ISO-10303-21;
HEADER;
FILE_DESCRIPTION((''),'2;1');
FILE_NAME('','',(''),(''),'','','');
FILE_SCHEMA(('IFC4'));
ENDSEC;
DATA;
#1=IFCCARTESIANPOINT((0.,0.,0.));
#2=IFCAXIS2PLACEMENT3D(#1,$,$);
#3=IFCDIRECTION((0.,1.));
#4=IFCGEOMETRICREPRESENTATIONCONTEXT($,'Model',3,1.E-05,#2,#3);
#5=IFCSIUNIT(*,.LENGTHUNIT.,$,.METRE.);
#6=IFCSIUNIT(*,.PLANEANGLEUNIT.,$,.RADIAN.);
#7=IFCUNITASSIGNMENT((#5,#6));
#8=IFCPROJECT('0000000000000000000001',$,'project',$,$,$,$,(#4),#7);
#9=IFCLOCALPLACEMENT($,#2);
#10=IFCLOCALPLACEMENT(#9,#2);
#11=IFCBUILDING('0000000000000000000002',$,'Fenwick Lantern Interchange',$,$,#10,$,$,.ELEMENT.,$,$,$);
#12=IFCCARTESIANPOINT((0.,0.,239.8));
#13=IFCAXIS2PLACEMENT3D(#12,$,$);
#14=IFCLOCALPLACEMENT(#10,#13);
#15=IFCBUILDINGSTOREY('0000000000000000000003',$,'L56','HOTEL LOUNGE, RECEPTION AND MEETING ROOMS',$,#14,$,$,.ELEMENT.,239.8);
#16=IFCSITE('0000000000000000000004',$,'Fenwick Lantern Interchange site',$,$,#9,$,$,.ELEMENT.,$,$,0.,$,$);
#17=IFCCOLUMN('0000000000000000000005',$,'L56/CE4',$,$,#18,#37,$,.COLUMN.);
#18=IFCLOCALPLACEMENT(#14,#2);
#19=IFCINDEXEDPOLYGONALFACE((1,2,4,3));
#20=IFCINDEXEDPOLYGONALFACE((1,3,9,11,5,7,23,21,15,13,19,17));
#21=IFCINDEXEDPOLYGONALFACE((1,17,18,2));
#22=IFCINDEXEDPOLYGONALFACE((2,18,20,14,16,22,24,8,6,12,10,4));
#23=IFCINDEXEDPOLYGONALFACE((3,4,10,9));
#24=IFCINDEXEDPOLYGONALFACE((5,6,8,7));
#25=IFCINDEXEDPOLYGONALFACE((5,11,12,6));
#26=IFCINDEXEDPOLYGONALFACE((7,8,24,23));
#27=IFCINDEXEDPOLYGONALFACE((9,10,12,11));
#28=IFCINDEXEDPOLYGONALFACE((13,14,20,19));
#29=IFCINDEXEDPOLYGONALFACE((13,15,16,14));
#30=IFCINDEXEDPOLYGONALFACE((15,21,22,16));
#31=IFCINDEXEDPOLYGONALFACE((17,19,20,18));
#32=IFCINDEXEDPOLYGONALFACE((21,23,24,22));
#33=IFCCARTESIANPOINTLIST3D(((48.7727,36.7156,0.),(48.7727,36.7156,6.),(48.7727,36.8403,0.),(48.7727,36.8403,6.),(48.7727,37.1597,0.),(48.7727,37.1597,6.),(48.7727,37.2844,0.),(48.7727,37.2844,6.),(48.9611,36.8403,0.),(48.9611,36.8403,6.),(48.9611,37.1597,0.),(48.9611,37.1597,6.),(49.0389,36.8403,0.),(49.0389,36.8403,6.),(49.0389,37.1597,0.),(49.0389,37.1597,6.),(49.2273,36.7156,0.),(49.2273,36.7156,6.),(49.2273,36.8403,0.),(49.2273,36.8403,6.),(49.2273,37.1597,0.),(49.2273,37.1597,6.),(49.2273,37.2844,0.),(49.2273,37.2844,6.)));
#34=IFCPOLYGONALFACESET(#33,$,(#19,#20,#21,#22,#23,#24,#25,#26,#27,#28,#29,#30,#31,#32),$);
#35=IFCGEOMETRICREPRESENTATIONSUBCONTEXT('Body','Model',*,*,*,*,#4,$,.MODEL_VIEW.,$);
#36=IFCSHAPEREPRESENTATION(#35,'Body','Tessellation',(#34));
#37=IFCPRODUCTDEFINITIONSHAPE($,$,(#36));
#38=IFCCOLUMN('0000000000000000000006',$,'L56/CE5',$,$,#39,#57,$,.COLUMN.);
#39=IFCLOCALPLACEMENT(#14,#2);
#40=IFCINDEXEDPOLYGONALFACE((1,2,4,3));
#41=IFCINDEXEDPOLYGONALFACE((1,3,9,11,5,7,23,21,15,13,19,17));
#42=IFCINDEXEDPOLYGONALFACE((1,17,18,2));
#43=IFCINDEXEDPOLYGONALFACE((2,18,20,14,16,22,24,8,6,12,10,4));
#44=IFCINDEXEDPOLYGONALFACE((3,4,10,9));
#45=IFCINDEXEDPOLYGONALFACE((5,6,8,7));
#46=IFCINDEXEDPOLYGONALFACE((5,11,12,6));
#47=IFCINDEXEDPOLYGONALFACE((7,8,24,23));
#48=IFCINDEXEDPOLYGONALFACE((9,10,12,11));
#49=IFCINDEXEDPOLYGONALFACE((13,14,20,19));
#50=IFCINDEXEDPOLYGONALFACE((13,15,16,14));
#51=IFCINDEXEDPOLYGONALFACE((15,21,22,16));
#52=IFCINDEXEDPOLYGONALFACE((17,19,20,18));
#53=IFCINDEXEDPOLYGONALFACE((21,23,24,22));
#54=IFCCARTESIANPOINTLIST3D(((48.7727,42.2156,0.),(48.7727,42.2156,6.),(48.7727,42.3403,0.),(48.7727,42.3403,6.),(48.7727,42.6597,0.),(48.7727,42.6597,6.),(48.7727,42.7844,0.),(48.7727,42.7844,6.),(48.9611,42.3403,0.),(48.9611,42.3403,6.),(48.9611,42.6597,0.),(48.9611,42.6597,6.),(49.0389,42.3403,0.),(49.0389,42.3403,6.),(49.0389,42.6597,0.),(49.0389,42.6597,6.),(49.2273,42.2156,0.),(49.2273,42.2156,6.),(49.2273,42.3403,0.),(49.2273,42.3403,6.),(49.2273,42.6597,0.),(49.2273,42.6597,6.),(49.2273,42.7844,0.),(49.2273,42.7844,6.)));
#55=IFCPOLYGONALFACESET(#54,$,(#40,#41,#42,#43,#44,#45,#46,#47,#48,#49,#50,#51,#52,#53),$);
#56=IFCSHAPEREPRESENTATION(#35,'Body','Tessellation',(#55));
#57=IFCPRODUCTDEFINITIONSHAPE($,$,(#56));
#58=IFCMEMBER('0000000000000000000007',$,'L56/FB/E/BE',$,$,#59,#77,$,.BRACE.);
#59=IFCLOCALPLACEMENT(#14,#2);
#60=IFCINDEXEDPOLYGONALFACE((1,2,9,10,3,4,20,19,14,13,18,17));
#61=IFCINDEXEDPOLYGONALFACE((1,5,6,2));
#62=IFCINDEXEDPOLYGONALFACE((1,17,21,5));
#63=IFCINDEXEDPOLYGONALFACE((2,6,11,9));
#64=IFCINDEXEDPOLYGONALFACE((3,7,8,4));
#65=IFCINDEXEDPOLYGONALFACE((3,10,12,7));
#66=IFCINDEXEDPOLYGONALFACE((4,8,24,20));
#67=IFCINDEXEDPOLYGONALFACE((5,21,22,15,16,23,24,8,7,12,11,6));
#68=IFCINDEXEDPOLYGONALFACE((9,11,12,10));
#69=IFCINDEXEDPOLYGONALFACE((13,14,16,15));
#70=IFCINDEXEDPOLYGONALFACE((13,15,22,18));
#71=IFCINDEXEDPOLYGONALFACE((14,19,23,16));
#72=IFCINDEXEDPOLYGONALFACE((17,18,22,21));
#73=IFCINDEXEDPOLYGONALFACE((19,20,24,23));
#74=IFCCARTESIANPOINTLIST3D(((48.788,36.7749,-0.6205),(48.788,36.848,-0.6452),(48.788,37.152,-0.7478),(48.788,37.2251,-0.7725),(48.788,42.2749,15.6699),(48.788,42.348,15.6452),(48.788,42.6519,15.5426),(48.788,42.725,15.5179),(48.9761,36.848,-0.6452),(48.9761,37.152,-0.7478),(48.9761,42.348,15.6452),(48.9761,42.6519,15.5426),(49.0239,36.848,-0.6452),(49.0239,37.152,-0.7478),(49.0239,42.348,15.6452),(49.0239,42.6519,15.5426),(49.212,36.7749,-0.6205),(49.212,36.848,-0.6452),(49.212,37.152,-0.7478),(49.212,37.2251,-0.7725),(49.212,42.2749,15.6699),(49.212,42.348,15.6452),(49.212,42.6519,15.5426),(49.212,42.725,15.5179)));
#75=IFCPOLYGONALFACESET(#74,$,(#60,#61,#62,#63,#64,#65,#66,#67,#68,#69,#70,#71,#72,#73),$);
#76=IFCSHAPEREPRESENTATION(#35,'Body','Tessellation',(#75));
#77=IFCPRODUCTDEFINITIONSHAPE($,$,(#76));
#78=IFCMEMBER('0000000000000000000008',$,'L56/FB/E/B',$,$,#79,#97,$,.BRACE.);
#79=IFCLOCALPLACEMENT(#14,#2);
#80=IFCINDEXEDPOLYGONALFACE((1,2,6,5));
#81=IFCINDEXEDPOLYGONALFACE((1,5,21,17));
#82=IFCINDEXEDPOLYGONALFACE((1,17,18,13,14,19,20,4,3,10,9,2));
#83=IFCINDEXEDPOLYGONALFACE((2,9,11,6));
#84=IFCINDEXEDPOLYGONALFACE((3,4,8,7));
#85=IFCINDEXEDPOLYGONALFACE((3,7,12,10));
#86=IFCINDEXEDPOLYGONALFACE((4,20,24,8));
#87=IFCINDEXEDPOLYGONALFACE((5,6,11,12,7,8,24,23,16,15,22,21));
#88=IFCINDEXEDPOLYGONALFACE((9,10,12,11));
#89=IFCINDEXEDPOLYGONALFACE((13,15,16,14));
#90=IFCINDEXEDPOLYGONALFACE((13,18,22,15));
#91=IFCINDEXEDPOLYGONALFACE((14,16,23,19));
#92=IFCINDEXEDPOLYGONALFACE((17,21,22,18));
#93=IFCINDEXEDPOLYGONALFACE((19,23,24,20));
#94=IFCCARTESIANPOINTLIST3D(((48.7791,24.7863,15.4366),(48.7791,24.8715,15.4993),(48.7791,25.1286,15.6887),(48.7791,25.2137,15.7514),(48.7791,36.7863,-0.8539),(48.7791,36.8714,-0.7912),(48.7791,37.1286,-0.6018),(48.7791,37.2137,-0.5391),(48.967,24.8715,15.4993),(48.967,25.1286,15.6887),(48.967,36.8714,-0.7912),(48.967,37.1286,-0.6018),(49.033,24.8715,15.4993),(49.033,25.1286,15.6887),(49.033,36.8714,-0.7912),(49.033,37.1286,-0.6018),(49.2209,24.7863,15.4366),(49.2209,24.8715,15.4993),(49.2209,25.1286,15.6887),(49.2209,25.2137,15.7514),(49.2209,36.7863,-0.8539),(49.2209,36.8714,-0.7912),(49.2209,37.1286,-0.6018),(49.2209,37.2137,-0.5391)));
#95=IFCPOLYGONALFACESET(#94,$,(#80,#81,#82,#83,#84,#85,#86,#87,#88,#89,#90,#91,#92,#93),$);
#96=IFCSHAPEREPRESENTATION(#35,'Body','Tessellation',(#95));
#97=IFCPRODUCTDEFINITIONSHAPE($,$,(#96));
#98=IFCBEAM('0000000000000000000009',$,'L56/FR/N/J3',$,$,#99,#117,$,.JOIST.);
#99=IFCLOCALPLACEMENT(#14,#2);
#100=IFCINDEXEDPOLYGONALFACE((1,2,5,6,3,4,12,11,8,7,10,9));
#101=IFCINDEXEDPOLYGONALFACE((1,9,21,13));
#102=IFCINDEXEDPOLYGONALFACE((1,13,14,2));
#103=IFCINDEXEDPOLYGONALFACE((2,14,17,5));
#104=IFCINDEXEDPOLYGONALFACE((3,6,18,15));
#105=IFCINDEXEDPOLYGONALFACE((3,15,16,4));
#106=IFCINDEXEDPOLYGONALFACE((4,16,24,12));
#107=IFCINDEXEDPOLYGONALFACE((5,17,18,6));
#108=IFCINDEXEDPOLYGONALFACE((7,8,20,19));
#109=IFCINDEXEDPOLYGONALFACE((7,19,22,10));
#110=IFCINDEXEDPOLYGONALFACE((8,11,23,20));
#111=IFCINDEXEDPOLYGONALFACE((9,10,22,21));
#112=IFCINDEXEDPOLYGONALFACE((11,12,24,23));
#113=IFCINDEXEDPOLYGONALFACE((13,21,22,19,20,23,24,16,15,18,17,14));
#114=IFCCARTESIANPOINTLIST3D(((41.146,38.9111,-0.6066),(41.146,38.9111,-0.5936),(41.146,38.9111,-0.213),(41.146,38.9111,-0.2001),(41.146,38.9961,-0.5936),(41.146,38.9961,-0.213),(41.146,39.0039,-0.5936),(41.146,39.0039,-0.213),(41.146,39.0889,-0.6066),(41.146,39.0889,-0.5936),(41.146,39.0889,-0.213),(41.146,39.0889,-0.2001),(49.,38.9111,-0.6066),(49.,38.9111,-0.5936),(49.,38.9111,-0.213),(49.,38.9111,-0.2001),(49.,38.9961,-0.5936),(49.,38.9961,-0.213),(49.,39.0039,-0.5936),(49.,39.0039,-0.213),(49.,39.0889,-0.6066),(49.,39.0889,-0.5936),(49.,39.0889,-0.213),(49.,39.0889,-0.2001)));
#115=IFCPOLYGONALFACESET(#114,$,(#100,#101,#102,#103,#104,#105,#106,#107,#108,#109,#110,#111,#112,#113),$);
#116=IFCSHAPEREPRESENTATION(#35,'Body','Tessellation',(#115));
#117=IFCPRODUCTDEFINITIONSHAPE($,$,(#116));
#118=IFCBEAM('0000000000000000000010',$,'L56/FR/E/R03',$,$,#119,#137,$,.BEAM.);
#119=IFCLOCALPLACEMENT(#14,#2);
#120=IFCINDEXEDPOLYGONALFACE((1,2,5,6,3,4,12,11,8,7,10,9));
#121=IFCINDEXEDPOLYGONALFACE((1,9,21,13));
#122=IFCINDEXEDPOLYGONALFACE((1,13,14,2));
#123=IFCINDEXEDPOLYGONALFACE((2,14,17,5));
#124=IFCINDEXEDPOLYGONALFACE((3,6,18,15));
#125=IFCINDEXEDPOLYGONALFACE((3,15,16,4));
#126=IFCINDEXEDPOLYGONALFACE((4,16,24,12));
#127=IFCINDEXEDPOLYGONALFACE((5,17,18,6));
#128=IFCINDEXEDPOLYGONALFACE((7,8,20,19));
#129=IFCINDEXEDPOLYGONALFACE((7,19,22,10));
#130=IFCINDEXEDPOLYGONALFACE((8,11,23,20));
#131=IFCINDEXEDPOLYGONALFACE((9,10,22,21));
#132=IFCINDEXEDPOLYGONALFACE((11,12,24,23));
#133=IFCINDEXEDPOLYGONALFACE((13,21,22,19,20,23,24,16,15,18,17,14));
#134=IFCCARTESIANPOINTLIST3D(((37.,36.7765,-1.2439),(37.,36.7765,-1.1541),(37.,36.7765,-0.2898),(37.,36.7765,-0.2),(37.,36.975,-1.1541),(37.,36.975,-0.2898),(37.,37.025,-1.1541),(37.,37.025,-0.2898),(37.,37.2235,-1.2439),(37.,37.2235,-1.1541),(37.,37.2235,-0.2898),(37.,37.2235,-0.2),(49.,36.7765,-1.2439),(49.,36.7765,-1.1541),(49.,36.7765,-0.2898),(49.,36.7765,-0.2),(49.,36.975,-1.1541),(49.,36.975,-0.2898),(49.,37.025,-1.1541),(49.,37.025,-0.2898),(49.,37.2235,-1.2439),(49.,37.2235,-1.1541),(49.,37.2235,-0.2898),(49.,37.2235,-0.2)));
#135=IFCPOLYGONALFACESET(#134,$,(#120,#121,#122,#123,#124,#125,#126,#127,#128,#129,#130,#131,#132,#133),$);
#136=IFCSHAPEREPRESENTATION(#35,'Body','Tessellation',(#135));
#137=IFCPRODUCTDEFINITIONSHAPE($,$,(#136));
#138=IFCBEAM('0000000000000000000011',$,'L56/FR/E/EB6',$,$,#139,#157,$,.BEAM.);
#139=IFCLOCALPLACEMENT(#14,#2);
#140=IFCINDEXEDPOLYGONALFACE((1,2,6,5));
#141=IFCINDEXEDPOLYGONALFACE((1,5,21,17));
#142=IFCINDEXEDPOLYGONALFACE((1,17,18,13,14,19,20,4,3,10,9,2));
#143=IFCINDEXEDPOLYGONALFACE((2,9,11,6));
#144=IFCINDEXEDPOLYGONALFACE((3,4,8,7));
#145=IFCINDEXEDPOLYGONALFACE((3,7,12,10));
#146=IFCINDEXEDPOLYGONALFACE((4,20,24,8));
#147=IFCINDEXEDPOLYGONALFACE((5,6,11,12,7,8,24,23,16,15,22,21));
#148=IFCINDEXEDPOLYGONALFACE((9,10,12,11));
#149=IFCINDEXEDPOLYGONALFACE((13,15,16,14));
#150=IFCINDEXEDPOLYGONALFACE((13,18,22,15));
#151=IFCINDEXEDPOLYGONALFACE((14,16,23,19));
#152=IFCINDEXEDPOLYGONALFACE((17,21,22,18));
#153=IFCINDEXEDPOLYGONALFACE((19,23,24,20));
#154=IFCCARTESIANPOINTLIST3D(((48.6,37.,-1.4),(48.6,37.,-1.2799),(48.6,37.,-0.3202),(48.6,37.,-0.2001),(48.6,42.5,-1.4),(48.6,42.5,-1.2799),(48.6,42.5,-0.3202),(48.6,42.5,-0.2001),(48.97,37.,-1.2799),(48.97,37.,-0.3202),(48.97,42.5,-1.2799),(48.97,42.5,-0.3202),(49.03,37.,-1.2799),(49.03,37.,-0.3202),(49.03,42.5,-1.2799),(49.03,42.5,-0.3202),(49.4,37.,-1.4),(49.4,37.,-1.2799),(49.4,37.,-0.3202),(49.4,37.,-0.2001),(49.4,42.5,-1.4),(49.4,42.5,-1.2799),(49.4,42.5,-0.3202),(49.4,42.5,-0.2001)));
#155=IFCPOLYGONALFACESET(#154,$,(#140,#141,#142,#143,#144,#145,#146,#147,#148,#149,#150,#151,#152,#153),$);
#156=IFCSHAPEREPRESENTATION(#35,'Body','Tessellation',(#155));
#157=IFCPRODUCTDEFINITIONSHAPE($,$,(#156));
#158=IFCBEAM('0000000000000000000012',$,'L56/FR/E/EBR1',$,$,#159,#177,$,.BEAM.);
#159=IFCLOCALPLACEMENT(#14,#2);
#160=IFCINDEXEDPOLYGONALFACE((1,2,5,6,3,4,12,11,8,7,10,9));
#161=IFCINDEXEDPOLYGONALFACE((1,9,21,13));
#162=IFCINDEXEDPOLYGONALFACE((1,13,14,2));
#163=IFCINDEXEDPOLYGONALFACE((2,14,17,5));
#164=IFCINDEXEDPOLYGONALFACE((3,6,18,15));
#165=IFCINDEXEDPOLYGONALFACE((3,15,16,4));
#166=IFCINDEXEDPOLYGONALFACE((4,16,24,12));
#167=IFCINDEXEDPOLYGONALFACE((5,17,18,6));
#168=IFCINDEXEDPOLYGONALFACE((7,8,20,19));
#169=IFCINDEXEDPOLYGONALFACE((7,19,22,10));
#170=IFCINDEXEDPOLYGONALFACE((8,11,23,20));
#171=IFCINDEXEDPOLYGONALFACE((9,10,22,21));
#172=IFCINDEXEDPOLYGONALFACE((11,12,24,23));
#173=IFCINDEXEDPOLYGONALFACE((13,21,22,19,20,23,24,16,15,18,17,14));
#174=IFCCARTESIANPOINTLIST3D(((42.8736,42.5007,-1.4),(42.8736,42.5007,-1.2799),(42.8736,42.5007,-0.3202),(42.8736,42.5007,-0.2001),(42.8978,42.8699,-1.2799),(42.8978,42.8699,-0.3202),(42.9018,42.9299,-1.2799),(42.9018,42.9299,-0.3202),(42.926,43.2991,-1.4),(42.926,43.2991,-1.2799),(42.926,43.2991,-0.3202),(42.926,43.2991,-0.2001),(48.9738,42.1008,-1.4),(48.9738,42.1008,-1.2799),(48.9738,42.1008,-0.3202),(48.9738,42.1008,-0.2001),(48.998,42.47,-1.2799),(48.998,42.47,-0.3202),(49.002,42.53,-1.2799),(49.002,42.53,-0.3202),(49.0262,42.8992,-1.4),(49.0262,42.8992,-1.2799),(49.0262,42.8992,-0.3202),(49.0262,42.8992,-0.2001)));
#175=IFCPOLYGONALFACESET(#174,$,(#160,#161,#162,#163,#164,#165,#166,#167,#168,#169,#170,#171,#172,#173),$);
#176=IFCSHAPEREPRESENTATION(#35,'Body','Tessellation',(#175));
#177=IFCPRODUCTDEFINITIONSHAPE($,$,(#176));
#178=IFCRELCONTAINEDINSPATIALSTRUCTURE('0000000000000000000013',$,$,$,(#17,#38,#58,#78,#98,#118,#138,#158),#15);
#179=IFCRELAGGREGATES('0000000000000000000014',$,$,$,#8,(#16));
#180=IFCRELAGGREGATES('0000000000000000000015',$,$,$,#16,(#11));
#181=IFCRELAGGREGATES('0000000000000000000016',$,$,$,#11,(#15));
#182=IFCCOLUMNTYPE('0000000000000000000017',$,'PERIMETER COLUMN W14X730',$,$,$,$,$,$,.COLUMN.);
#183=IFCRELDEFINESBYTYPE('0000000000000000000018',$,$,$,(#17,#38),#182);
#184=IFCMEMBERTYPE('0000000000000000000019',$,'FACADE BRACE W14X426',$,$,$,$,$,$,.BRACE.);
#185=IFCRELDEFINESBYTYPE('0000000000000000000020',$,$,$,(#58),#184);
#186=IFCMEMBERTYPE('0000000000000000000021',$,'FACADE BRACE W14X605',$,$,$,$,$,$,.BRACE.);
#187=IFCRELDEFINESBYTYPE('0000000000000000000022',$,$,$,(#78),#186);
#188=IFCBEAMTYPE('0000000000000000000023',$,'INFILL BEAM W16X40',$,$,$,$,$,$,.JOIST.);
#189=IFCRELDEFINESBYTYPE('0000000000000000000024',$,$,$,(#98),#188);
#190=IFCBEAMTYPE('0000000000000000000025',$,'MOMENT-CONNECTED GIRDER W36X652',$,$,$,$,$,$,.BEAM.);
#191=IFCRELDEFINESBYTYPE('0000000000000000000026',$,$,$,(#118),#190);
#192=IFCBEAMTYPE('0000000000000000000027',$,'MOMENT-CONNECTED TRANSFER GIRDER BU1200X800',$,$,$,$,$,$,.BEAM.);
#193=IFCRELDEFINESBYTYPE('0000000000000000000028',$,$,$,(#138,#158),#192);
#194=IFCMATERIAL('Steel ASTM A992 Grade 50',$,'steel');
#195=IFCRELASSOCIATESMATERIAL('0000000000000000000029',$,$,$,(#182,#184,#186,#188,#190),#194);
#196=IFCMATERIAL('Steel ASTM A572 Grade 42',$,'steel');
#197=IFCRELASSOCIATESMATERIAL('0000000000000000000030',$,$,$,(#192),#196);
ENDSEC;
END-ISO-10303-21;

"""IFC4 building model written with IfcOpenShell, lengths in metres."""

from ifc_helpers import new_model, si_unit, direction, frame, origin, origin_2d, place, context, subcontext, project, spatial, i_section, extrude, material, material_profile, profile_set, type_object, element, save


model = new_model("IFC4")

# Units and contexts
model_context = context("Model", 3, precision=1e-05, world=origin(), true_north=direction((0.0, 1.0)))
body_context = subcontext(model_context, "Body", "Model", "MODEL_VIEW")
ifc_project = project(units=[si_unit("LENGTHUNIT", "METRE"), si_unit("PLANEANGLEUNIT", "RADIAN")], contexts=[model_context])

# Site, building, storey
site_placement = place(None, origin())
site = spatial("IfcSite", under=ifc_project, at=site_placement, Name="Fenwick Lantern Interchange site", CompositionType="ELEMENT", RefElevation=0.0)
building_placement = place(site_placement, origin())
building = spatial("IfcBuilding", under=site, at=building_placement, Name="Fenwick Lantern Interchange", CompositionType="ELEMENT")
storey_placement = place(building_placement, frame((0.0, 0.0, 239.8)))
storey = spatial("IfcBuildingStorey", under=building, at=storey_placement, Name="L56", Description="HOTEL LOUNGE, RECEPTION AND MEETING ROOMS", CompositionType="ELEMENT", Elevation=239.8)

# Columns
ifc_material_1 = material(Name="Steel ASTM A992 Grade 50", Category="steel")
ifc_material_profile_1 = material_profile(ifc_material_1, i_section(OverallWidth=0.4546, OverallDepth=0.5688, WebThickness=0.0779, FlangeThickness=0.1248, at=origin_2d()), Name="W14X730")
ifc_profile_set_1 = profile_set([ifc_material_profile_1], Name="Steel ASTM A992 Grade 50")
column_type = type_object("IfcColumnType", Name="PERIMETER COLUMN W14X730", PredefinedType="COLUMN", material=ifc_profile_set_1)
for number, where, z_axis, x_axis, name in (
    (1, (49.0, 37.0, 0.0), (0.0, 0.0, 1.0), (1.0, 0.0, 0.0), "L56/CE4"),
    (2, (49.0, 42.5, 0.0), (0.0, 0.0, 1.0), (1.0, 0.0, 0.0), "L56/CE5"),
):
    element("IfcColumn", number, at=place(storey_placement, frame(where, z_axis=z_axis, x_axis=x_axis)), inside=storey, type_object=column_type, Name=name, PredefinedType="COLUMN", context=body_context, shape_type="SweptSolid", body=[
        extrude(i_section(OverallWidth=0.4546, OverallDepth=0.5688, WebThickness=0.0779, FlangeThickness=0.1248, at=origin_2d()), origin(), (0.0, 0.0, 1.0), 6.0),
    ])

# Members
ifc_material_profile_2 = material_profile(ifc_material_1, i_section(OverallWidth=0.4241, OverallDepth=0.4751, WebThickness=0.0479, FlangeThickness=0.0771, at=origin_2d()), Name="W14X426")
ifc_profile_set_2 = profile_set([ifc_material_profile_2], Name="Steel ASTM A992 Grade 50")
member_type_1 = type_object("IfcMemberType", Name="FACADE BRACE W14X426", PredefinedType="BRACE", material=ifc_profile_set_2)
member_1_placement = place(storey_placement, frame((49.0, 37.0, -0.6965), z_axis=(0.0, 0.31988, 0.947458), x_axis=(-1.0, 0.0, 0.0)))
element("IfcMember", 3, at=member_1_placement, inside=storey, type_object=member_type_1, Name="L56/FB/E/BE", PredefinedType="BRACE", context=body_context, shape_type="SweptSolid", body=[
    extrude(i_section(OverallWidth=0.4241, OverallDepth=0.4751, WebThickness=0.0479, FlangeThickness=0.0771, at=origin_2d()), origin(), (0.0, 0.0, 1.0), 17.1938),
])
ifc_material_profile_3 = material_profile(ifc_material_1, i_section(OverallWidth=0.4419, OverallDepth=0.5308, WebThickness=0.0659, FlangeThickness=0.1057, at=origin_2d()), Name="W14X605")
ifc_profile_set_3 = profile_set([ifc_material_profile_3], Name="Steel ASTM A992 Grade 50")
member_type_2 = type_object("IfcMemberType", Name="FACADE BRACE W14X605", PredefinedType="BRACE", material=ifc_profile_set_3)
member_2_placement = place(storey_placement, frame((49.0, 37.0, -0.6965), z_axis=(0.0, -0.593085, 0.80514), x_axis=(1.0, 0.0, 0.0)))
element("IfcMember", 4, at=member_2_placement, inside=storey, type_object=member_type_2, Name="L56/FB/E/B", PredefinedType="BRACE", context=body_context, shape_type="SweptSolid", body=[
    extrude(i_section(OverallWidth=0.4419, OverallDepth=0.5308, WebThickness=0.0659, FlangeThickness=0.1057, at=origin_2d()), origin(), (0.0, 0.0, 1.0), 20.2332),
])

# Beams
ifc_material_profile_4 = material_profile(ifc_material_1, i_section(OverallWidth=0.1777, OverallDepth=0.4065, WebThickness=0.0078, FlangeThickness=0.0129, at=origin_2d()), Name="W16X40")
ifc_profile_set_4 = profile_set([ifc_material_profile_4], Name="Steel ASTM A992 Grade 50")
beam_type_1 = type_object("IfcBeamType", Name="INFILL BEAM W16X40", PredefinedType="JOIST", material=ifc_profile_set_4)
beam_1_placement = place(storey_placement, frame((49.0, 39.0, -0.4033), z_axis=(-1.0, 0.0, 0.0), x_axis=(0.0, -1.0, 0.0)))
element("IfcBeam", 5, at=beam_1_placement, inside=storey, type_object=beam_type_1, Name="L56/FR/N/J3", PredefinedType="JOIST", context=body_context, shape_type="SweptSolid", body=[
    extrude(i_section(OverallWidth=0.1777, OverallDepth=0.4065, WebThickness=0.0078, FlangeThickness=0.0129, at=origin_2d()), origin(), (0.0, 0.0, 1.0), 7.854),
])
ifc_material_profile_5 = material_profile(ifc_material_1, i_section(OverallWidth=0.447, OverallDepth=1.0439, WebThickness=0.05, FlangeThickness=0.0898, at=origin_2d()), Name="W36X652")
ifc_profile_set_5 = profile_set([ifc_material_profile_5], Name="Steel ASTM A992 Grade 50")
beam_type_2 = type_object("IfcBeamType", Name="MOMENT-CONNECTED GIRDER W36X652", PredefinedType="BEAM", material=ifc_profile_set_5)
beam_2_placement = place(storey_placement, frame((49.0, 37.0, -0.7219), z_axis=(-1.0, 0.0, 0.0), x_axis=(0.0, -1.0, 0.0)))
element("IfcBeam", 6, at=beam_2_placement, inside=storey, type_object=beam_type_2, Name="L56/FR/E/R03", PredefinedType="BEAM", context=body_context, shape_type="SweptSolid", body=[
    extrude(i_section(OverallWidth=0.447, OverallDepth=1.0439, WebThickness=0.05, FlangeThickness=0.0898, at=origin_2d()), origin(), (0.0, 0.0, 1.0), 12.0),
])
ifc_material_2 = material(Name="Steel ASTM A572 Grade 42", Category="steel")
ifc_material_profile_6 = material_profile(ifc_material_2, i_section(OverallWidth=0.8, OverallDepth=1.2, WebThickness=0.0601, FlangeThickness=0.1201, at=origin_2d()), Name="BU1200X800")
ifc_profile_set_6 = profile_set([ifc_material_profile_6], Name="Steel ASTM A572 Grade 42")
beam_type_3 = type_object("IfcBeamType", Name="MOMENT-CONNECTED TRANSFER GIRDER BU1200X800", PredefinedType="BEAM", material=ifc_profile_set_6)
beam_3_placement = place(storey_placement, frame((49.0, 37.0, -0.8), z_axis=(0.0, 1.0, 0.0), x_axis=(-1.0, 0.0, 0.0)))
element("IfcBeam", 7, at=beam_3_placement, inside=storey, type_object=beam_type_3, Name="L56/FR/E/EB6", PredefinedType="BEAM", context=body_context, shape_type="SweptSolid", body=[
    extrude(i_section(OverallWidth=0.8, OverallDepth=1.2, WebThickness=0.0601, FlangeThickness=0.1201, at=origin_2d()), origin(), (0.0, 0.0, 1.0), 5.5),
])
beam_4_placement = place(storey_placement, frame((49.0, 42.5, -0.8), z_axis=(-0.997858, 0.065416, 0.0), x_axis=(-0.065416, -0.997858, 0.0)))
element("IfcBeam", 8, at=beam_4_placement, inside=storey, type_object=beam_type_3, Name="L56/FR/E/EBR1", PredefinedType="BEAM", context=body_context, shape_type="SweptSolid", body=[
    extrude(i_section(OverallWidth=0.8, OverallDepth=1.2, WebThickness=0.0601, FlangeThickness=0.1201, at=origin_2d()), origin(), (0.0, 0.0, 1.0), 6.1133),
])

save(model, "model.ifc")
